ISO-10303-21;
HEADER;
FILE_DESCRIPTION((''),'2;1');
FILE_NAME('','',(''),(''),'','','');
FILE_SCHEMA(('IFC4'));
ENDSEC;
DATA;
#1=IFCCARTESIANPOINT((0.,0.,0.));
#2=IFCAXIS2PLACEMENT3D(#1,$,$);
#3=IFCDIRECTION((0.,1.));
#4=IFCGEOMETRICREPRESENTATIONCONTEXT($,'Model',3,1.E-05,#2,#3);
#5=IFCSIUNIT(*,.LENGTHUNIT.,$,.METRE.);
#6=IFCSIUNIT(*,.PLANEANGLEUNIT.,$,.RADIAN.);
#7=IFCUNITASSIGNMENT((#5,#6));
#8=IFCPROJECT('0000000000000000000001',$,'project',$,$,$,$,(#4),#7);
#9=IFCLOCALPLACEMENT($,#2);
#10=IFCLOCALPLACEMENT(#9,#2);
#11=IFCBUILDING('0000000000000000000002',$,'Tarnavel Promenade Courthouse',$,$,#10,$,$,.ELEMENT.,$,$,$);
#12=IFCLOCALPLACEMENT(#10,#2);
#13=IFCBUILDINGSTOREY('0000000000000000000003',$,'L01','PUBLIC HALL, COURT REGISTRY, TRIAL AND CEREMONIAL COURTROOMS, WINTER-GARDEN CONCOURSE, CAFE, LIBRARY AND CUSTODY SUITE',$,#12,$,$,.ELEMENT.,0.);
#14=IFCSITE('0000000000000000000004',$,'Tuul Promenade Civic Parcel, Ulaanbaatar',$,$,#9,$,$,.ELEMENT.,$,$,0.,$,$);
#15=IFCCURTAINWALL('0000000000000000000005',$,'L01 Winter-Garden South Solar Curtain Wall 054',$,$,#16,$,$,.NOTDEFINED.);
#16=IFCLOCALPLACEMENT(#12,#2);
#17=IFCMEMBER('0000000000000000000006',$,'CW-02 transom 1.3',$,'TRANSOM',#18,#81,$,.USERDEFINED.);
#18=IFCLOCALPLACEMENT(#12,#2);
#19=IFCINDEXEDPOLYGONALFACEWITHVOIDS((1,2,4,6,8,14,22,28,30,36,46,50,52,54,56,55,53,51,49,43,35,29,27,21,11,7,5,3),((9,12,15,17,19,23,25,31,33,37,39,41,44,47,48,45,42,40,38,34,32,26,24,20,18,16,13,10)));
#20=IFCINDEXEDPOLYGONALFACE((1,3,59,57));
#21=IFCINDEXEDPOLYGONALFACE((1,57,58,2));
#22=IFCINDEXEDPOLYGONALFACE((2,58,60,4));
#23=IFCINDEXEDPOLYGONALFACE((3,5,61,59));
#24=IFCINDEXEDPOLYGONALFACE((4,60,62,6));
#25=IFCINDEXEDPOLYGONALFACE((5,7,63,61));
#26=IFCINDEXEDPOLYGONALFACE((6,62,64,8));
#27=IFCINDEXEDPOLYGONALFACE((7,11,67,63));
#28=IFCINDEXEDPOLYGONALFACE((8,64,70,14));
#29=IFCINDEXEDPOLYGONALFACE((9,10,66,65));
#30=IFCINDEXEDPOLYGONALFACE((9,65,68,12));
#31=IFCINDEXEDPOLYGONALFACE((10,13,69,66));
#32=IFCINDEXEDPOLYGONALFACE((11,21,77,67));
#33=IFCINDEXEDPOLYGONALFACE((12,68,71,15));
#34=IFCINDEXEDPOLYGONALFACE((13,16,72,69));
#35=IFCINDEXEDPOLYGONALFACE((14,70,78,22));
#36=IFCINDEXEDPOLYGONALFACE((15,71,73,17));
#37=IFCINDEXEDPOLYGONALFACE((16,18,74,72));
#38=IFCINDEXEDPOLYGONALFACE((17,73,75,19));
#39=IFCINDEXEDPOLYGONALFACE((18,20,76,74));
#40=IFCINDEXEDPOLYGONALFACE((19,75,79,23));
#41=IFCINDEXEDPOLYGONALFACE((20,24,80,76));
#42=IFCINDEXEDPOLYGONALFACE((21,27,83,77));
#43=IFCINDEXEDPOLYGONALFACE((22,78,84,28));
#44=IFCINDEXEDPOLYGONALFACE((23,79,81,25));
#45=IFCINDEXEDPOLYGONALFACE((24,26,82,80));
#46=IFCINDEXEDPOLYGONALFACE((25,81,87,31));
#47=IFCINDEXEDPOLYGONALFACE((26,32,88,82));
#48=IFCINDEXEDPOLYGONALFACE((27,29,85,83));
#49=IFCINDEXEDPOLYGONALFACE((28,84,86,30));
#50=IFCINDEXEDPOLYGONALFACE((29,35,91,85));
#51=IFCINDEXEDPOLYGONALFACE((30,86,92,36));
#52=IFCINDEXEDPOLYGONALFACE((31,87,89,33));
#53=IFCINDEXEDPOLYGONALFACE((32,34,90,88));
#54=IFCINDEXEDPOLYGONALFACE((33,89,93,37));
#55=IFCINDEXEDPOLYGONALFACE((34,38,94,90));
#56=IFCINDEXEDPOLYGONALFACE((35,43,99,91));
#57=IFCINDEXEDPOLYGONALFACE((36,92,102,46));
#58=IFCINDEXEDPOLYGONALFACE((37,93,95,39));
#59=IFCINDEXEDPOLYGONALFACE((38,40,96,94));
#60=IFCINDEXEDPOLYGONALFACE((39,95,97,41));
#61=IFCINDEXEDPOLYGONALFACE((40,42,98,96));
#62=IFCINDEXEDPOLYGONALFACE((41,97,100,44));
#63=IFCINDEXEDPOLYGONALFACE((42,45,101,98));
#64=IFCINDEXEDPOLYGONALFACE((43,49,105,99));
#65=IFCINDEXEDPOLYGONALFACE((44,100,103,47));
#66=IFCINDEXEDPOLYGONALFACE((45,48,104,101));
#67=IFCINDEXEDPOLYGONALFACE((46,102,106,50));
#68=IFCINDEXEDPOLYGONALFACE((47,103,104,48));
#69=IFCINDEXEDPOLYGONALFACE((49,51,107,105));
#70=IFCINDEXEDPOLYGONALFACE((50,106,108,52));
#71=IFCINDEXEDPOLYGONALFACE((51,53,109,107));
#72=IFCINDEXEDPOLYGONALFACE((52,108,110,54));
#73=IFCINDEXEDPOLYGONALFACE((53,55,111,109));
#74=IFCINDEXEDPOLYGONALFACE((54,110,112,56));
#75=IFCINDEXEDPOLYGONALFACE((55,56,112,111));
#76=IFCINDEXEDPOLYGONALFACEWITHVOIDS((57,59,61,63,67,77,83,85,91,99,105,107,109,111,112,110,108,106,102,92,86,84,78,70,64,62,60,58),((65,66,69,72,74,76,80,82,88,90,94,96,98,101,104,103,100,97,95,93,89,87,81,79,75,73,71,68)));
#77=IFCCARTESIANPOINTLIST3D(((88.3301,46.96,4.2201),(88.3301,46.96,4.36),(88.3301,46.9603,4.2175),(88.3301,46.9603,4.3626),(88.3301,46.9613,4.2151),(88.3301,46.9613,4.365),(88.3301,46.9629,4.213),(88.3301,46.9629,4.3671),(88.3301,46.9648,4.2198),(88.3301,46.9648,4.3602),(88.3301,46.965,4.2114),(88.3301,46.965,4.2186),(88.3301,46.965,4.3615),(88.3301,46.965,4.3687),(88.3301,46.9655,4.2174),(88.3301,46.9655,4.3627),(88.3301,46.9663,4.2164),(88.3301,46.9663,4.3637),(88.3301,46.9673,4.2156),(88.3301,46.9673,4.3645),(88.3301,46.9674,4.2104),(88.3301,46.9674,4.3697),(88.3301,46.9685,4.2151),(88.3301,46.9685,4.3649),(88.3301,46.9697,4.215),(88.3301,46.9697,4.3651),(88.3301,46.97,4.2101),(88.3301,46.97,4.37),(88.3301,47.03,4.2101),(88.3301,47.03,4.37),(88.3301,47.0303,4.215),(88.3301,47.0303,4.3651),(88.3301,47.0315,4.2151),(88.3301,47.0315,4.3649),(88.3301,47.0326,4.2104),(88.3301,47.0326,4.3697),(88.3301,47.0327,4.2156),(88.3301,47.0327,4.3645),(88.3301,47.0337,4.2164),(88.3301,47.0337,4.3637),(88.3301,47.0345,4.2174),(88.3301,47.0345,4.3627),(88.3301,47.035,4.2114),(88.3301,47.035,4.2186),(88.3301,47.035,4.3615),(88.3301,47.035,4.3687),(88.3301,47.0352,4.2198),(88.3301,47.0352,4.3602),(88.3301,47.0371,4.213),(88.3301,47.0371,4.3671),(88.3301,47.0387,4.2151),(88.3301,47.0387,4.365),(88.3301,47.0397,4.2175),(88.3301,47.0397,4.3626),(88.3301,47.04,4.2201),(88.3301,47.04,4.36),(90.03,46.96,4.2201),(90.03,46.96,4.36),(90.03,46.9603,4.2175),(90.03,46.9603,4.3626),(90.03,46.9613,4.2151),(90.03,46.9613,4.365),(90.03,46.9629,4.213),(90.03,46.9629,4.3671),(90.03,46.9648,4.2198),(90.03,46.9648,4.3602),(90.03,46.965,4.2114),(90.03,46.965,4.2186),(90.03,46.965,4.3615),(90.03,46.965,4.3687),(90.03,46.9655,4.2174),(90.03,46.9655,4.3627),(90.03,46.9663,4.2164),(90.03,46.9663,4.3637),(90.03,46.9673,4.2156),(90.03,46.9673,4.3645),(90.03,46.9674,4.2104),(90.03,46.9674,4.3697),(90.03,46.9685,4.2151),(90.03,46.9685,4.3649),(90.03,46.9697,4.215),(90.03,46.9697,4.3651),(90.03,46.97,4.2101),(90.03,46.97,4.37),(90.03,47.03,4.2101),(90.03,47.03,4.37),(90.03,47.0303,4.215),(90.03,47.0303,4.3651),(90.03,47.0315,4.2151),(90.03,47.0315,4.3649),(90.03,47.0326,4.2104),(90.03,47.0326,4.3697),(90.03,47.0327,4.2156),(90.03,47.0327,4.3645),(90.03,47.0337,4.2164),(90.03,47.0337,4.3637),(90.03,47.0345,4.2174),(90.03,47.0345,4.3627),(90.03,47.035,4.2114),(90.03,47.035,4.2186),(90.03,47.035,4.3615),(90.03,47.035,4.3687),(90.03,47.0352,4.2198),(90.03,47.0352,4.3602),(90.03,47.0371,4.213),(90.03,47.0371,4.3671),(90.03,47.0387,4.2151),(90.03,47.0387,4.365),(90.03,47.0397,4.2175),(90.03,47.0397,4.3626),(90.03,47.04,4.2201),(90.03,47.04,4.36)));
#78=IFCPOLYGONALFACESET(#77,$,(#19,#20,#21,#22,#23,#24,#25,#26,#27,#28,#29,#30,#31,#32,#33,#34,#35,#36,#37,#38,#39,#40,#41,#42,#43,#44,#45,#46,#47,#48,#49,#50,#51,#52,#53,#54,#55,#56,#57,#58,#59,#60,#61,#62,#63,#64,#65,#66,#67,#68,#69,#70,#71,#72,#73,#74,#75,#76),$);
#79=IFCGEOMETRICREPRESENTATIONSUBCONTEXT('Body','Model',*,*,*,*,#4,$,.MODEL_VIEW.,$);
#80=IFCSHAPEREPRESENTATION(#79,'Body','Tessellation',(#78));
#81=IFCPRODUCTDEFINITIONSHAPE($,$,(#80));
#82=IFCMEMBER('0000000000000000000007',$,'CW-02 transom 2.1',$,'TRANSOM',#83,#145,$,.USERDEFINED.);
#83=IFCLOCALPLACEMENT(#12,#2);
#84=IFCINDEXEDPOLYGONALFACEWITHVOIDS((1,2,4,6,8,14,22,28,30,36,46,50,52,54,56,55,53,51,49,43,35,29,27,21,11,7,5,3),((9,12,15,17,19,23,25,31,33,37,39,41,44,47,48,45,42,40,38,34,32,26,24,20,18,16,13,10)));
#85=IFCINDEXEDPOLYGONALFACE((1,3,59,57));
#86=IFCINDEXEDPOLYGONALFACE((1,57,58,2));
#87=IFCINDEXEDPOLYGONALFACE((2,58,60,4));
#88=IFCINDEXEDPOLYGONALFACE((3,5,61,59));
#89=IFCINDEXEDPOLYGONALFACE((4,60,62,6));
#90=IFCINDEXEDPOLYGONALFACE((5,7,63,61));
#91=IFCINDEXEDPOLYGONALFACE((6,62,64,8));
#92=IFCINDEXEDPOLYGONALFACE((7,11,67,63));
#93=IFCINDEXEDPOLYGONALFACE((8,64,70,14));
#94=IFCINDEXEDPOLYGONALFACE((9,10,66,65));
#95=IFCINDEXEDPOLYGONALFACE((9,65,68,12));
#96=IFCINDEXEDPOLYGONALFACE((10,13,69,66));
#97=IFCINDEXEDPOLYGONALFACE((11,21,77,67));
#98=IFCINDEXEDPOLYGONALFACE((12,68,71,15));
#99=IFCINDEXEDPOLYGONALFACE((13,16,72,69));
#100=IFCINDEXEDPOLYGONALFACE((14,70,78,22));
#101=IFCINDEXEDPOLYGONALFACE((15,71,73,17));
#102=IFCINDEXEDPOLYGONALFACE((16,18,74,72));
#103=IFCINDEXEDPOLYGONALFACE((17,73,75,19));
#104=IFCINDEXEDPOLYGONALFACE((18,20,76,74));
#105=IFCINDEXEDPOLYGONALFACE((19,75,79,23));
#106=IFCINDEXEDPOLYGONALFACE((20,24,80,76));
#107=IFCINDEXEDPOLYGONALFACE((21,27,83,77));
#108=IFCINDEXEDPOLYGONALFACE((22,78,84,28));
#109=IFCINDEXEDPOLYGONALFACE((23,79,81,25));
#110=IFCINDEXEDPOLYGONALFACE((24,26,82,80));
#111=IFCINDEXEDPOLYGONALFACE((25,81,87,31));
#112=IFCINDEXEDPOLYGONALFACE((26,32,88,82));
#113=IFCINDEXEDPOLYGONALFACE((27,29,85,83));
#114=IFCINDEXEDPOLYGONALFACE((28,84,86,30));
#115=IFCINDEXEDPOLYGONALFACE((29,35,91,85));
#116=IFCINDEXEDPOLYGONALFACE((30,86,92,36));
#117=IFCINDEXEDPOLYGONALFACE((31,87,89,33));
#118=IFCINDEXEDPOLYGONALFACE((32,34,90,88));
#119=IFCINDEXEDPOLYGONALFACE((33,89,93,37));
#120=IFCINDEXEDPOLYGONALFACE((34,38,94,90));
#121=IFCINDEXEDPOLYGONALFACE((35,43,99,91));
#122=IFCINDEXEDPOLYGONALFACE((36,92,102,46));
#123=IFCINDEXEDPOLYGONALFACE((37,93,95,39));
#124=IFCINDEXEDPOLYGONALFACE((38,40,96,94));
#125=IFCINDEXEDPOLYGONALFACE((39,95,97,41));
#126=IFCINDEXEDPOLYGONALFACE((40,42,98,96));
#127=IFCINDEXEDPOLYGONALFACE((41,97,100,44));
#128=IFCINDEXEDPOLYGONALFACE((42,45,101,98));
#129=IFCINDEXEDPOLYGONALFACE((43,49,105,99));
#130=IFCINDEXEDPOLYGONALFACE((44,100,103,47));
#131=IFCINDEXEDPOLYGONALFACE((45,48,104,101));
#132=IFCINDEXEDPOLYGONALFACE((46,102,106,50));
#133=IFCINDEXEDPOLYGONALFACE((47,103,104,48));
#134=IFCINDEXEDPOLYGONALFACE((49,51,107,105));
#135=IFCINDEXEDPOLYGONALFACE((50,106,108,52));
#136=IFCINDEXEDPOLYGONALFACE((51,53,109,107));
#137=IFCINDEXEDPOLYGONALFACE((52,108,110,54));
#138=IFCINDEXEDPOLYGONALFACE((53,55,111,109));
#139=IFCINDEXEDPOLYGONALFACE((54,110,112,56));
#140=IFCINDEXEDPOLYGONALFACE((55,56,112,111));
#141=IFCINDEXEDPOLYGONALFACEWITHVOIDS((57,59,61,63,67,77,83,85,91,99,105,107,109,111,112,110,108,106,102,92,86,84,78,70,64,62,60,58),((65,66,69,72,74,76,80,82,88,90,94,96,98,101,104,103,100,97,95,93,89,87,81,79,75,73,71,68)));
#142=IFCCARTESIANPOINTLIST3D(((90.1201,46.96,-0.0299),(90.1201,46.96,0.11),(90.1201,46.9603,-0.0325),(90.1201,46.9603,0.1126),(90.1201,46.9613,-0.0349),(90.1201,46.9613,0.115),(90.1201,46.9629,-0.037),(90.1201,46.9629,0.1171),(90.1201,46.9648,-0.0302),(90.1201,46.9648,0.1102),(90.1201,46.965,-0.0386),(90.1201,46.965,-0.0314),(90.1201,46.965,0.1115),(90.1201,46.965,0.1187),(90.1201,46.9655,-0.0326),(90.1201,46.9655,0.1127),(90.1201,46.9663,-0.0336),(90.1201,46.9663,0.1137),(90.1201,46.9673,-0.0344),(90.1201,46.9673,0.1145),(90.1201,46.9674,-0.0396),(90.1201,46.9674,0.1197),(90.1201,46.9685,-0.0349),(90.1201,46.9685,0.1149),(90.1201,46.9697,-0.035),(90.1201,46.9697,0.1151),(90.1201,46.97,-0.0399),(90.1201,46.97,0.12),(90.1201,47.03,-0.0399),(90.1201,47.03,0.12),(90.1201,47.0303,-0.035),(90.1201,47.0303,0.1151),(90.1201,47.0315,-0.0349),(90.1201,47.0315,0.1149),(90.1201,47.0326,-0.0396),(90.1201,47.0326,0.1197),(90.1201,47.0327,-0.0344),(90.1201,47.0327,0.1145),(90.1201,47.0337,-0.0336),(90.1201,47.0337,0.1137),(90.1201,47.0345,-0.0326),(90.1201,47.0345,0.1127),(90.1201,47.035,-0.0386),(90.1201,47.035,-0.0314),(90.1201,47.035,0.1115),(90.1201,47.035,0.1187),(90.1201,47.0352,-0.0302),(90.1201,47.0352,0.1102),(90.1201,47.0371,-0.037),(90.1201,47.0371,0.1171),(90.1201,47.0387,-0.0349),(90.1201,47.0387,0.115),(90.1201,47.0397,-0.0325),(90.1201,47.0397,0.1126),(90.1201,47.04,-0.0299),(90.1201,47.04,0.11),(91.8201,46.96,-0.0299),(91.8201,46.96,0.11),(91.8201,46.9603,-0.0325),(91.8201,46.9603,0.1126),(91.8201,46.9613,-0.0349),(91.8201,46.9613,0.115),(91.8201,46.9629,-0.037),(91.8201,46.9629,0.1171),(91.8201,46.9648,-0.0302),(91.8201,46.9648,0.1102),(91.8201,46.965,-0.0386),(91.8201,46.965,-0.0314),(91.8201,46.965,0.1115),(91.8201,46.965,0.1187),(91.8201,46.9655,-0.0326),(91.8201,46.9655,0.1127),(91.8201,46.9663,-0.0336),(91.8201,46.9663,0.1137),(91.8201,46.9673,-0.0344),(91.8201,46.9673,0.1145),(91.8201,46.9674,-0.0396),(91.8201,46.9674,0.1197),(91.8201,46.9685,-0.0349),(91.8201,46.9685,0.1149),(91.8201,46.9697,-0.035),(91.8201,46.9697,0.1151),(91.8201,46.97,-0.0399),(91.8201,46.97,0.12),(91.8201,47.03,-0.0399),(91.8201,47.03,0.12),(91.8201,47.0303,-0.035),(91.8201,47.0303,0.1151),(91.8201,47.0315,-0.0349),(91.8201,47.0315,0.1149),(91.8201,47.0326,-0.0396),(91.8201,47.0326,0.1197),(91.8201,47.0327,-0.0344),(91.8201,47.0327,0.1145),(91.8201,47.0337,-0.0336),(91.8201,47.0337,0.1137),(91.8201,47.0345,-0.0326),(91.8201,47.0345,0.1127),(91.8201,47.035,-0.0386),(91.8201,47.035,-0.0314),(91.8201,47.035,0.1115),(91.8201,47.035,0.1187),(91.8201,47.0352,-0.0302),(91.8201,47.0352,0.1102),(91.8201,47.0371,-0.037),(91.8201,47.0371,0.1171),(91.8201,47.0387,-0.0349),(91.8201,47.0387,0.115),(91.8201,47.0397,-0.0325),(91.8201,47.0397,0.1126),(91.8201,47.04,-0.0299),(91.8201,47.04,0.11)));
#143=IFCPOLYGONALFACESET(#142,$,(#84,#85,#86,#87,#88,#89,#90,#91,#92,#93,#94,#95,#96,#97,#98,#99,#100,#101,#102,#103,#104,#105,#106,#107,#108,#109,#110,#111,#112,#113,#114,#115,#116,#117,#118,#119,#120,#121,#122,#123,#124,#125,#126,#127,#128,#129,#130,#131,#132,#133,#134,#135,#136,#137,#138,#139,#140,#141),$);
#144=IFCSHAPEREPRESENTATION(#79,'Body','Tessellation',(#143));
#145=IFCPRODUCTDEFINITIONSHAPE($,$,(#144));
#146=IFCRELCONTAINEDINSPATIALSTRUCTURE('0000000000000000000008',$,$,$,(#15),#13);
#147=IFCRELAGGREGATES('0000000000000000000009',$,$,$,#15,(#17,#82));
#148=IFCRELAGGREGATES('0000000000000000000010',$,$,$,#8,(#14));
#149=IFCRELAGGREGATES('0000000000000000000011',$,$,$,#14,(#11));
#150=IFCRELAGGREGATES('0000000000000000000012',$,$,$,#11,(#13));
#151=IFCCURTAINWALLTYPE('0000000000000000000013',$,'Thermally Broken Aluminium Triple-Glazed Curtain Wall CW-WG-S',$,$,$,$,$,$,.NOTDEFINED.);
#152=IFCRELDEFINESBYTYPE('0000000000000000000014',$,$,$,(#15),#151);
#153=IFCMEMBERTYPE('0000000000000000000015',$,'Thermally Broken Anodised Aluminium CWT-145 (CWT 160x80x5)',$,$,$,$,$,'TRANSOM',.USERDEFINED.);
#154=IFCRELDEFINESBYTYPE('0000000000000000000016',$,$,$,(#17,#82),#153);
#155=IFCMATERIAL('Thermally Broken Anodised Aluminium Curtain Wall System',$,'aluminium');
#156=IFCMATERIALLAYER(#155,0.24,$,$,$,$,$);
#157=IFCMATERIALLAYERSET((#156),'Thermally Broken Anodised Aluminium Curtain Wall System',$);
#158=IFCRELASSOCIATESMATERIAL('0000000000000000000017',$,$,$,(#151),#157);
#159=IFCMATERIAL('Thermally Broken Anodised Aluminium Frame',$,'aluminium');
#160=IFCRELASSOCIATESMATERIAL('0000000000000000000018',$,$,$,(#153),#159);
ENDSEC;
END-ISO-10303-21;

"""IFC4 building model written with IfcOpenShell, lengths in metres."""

from ifc_helpers import new_model, si_unit, direction, frame, origin, origin_2d, place, context, subcontext, project, spatial, hollow_rectangle, extrude, material, layer, layer_set, material_profile, profile_set, type_object, element, aggregate, save


model = new_model("IFC4")

# Units and contexts
model_context = context("Model", 3, precision=1e-05, world=origin(), true_north=direction((0.0, 1.0)))
body_context = subcontext(model_context, "Body", "Model", "MODEL_VIEW")
ifc_project = project(units=[si_unit("LENGTHUNIT", "METRE"), si_unit("PLANEANGLEUNIT", "RADIAN")], contexts=[model_context])

# Site, building, storey
site_placement = place(None, origin())
site = spatial("IfcSite", under=ifc_project, at=site_placement, Name="Tuul Promenade Civic Parcel, Ulaanbaatar", CompositionType="ELEMENT", RefElevation=0.0)
building_placement = place(site_placement, origin())
building = spatial("IfcBuilding", under=site, at=building_placement, Name="Tarnavel Promenade Courthouse", CompositionType="ELEMENT")
storey_placement = place(building_placement, origin())
storey = spatial("IfcBuildingStorey", under=building, at=storey_placement, Name="L01", Description="PUBLIC HALL, COURT REGISTRY, TRIAL AND CEREMONIAL COURTROOMS, WINTER-GARDEN CONCOURSE, CAFE, LIBRARY AND CUSTODY SUITE", CompositionType="ELEMENT", Elevation=0.0)

# Curtain wall
ifc_material_1 = material(Name="Thermally Broken Anodised Aluminium Curtain Wall System", Category="aluminium")
ifc_layer_1 = layer(ifc_material_1, 0.24)
ifc_layer_set_1 = layer_set([ifc_layer_1], Name="Thermally Broken Anodised Aluminium Curtain Wall System")
curtain_wall_type = type_object("IfcCurtainWallType", Name="Thermally Broken Aluminium Triple-Glazed Curtain Wall CW-WG-S", PredefinedType="NOTDEFINED", material=ifc_layer_set_1)
ifc_material_2 = material(Name="Thermally Broken Anodised Aluminium Frame", Category="aluminium")
curtain_wall_1_placement = place(storey_placement, origin())
curtain_wall_1 = element("IfcCurtainWall", 1, at=curtain_wall_1_placement, inside=storey, type_object=curtain_wall_type, Name="L01 Winter-Garden South Solar Curtain Wall 054", PredefinedType="NOTDEFINED")

# Members
ifc_material_profile_1 = material_profile(ifc_material_2, hollow_rectangle(XDim=0.0801, YDim=0.1599, WallThickness=0.0049, InnerFilletRadius=0.0049, OuterFilletRadius=0.01, at=origin_2d()), Name="CWT 160x80x5")
ifc_profile_set_1 = profile_set([ifc_material_profile_1], Name="Thermally Broken Anodised Aluminium Frame")
member_type_1 = type_object("IfcMemberType", Name="Thermally Broken Anodised Aluminium CWT-145 (CWT 160x80x5)", ElementType="TRANSOM", PredefinedType="USERDEFINED", material=ifc_profile_set_1)
member_1_placement = place(storey_placement, frame((88.3301, 47.0, 4.29), z_axis=(1.0, 0.0, 0.0), x_axis=(0.0, 1.0, 0.0)))
member_1 = element("IfcMember", 2, at=member_1_placement, type_object=member_type_1, Name="CW-02 transom 1.3", ObjectType="TRANSOM", PredefinedType="USERDEFINED", context=body_context, shape_type="SweptSolid", body=[
    extrude(hollow_rectangle(XDim=0.0801, YDim=0.1599, WallThickness=0.0049, InnerFilletRadius=0.0049, OuterFilletRadius=0.01, at=origin_2d()), origin(), (0.0, 0.0, 1.0), 1.7),
])
member_2_placement = place(storey_placement, frame((90.1201, 47.0, 0.04), z_axis=(1.0, 0.0, 0.0), x_axis=(0.0, 1.0, 0.0)))
member_2 = element("IfcMember", 3, at=member_2_placement, type_object=member_type_1, Name="CW-02 transom 2.1", ObjectType="TRANSOM", PredefinedType="USERDEFINED", context=body_context, shape_type="SweptSolid", body=[
    extrude(hollow_rectangle(XDim=0.0801, YDim=0.1599, WallThickness=0.0049, InnerFilletRadius=0.0049, OuterFilletRadius=0.01, at=origin_2d()), origin(), (0.0, 0.0, 1.0), 1.7),
])

aggregate(curtain_wall_1, [member_1, member_2])

save(model, "model.ifc")
